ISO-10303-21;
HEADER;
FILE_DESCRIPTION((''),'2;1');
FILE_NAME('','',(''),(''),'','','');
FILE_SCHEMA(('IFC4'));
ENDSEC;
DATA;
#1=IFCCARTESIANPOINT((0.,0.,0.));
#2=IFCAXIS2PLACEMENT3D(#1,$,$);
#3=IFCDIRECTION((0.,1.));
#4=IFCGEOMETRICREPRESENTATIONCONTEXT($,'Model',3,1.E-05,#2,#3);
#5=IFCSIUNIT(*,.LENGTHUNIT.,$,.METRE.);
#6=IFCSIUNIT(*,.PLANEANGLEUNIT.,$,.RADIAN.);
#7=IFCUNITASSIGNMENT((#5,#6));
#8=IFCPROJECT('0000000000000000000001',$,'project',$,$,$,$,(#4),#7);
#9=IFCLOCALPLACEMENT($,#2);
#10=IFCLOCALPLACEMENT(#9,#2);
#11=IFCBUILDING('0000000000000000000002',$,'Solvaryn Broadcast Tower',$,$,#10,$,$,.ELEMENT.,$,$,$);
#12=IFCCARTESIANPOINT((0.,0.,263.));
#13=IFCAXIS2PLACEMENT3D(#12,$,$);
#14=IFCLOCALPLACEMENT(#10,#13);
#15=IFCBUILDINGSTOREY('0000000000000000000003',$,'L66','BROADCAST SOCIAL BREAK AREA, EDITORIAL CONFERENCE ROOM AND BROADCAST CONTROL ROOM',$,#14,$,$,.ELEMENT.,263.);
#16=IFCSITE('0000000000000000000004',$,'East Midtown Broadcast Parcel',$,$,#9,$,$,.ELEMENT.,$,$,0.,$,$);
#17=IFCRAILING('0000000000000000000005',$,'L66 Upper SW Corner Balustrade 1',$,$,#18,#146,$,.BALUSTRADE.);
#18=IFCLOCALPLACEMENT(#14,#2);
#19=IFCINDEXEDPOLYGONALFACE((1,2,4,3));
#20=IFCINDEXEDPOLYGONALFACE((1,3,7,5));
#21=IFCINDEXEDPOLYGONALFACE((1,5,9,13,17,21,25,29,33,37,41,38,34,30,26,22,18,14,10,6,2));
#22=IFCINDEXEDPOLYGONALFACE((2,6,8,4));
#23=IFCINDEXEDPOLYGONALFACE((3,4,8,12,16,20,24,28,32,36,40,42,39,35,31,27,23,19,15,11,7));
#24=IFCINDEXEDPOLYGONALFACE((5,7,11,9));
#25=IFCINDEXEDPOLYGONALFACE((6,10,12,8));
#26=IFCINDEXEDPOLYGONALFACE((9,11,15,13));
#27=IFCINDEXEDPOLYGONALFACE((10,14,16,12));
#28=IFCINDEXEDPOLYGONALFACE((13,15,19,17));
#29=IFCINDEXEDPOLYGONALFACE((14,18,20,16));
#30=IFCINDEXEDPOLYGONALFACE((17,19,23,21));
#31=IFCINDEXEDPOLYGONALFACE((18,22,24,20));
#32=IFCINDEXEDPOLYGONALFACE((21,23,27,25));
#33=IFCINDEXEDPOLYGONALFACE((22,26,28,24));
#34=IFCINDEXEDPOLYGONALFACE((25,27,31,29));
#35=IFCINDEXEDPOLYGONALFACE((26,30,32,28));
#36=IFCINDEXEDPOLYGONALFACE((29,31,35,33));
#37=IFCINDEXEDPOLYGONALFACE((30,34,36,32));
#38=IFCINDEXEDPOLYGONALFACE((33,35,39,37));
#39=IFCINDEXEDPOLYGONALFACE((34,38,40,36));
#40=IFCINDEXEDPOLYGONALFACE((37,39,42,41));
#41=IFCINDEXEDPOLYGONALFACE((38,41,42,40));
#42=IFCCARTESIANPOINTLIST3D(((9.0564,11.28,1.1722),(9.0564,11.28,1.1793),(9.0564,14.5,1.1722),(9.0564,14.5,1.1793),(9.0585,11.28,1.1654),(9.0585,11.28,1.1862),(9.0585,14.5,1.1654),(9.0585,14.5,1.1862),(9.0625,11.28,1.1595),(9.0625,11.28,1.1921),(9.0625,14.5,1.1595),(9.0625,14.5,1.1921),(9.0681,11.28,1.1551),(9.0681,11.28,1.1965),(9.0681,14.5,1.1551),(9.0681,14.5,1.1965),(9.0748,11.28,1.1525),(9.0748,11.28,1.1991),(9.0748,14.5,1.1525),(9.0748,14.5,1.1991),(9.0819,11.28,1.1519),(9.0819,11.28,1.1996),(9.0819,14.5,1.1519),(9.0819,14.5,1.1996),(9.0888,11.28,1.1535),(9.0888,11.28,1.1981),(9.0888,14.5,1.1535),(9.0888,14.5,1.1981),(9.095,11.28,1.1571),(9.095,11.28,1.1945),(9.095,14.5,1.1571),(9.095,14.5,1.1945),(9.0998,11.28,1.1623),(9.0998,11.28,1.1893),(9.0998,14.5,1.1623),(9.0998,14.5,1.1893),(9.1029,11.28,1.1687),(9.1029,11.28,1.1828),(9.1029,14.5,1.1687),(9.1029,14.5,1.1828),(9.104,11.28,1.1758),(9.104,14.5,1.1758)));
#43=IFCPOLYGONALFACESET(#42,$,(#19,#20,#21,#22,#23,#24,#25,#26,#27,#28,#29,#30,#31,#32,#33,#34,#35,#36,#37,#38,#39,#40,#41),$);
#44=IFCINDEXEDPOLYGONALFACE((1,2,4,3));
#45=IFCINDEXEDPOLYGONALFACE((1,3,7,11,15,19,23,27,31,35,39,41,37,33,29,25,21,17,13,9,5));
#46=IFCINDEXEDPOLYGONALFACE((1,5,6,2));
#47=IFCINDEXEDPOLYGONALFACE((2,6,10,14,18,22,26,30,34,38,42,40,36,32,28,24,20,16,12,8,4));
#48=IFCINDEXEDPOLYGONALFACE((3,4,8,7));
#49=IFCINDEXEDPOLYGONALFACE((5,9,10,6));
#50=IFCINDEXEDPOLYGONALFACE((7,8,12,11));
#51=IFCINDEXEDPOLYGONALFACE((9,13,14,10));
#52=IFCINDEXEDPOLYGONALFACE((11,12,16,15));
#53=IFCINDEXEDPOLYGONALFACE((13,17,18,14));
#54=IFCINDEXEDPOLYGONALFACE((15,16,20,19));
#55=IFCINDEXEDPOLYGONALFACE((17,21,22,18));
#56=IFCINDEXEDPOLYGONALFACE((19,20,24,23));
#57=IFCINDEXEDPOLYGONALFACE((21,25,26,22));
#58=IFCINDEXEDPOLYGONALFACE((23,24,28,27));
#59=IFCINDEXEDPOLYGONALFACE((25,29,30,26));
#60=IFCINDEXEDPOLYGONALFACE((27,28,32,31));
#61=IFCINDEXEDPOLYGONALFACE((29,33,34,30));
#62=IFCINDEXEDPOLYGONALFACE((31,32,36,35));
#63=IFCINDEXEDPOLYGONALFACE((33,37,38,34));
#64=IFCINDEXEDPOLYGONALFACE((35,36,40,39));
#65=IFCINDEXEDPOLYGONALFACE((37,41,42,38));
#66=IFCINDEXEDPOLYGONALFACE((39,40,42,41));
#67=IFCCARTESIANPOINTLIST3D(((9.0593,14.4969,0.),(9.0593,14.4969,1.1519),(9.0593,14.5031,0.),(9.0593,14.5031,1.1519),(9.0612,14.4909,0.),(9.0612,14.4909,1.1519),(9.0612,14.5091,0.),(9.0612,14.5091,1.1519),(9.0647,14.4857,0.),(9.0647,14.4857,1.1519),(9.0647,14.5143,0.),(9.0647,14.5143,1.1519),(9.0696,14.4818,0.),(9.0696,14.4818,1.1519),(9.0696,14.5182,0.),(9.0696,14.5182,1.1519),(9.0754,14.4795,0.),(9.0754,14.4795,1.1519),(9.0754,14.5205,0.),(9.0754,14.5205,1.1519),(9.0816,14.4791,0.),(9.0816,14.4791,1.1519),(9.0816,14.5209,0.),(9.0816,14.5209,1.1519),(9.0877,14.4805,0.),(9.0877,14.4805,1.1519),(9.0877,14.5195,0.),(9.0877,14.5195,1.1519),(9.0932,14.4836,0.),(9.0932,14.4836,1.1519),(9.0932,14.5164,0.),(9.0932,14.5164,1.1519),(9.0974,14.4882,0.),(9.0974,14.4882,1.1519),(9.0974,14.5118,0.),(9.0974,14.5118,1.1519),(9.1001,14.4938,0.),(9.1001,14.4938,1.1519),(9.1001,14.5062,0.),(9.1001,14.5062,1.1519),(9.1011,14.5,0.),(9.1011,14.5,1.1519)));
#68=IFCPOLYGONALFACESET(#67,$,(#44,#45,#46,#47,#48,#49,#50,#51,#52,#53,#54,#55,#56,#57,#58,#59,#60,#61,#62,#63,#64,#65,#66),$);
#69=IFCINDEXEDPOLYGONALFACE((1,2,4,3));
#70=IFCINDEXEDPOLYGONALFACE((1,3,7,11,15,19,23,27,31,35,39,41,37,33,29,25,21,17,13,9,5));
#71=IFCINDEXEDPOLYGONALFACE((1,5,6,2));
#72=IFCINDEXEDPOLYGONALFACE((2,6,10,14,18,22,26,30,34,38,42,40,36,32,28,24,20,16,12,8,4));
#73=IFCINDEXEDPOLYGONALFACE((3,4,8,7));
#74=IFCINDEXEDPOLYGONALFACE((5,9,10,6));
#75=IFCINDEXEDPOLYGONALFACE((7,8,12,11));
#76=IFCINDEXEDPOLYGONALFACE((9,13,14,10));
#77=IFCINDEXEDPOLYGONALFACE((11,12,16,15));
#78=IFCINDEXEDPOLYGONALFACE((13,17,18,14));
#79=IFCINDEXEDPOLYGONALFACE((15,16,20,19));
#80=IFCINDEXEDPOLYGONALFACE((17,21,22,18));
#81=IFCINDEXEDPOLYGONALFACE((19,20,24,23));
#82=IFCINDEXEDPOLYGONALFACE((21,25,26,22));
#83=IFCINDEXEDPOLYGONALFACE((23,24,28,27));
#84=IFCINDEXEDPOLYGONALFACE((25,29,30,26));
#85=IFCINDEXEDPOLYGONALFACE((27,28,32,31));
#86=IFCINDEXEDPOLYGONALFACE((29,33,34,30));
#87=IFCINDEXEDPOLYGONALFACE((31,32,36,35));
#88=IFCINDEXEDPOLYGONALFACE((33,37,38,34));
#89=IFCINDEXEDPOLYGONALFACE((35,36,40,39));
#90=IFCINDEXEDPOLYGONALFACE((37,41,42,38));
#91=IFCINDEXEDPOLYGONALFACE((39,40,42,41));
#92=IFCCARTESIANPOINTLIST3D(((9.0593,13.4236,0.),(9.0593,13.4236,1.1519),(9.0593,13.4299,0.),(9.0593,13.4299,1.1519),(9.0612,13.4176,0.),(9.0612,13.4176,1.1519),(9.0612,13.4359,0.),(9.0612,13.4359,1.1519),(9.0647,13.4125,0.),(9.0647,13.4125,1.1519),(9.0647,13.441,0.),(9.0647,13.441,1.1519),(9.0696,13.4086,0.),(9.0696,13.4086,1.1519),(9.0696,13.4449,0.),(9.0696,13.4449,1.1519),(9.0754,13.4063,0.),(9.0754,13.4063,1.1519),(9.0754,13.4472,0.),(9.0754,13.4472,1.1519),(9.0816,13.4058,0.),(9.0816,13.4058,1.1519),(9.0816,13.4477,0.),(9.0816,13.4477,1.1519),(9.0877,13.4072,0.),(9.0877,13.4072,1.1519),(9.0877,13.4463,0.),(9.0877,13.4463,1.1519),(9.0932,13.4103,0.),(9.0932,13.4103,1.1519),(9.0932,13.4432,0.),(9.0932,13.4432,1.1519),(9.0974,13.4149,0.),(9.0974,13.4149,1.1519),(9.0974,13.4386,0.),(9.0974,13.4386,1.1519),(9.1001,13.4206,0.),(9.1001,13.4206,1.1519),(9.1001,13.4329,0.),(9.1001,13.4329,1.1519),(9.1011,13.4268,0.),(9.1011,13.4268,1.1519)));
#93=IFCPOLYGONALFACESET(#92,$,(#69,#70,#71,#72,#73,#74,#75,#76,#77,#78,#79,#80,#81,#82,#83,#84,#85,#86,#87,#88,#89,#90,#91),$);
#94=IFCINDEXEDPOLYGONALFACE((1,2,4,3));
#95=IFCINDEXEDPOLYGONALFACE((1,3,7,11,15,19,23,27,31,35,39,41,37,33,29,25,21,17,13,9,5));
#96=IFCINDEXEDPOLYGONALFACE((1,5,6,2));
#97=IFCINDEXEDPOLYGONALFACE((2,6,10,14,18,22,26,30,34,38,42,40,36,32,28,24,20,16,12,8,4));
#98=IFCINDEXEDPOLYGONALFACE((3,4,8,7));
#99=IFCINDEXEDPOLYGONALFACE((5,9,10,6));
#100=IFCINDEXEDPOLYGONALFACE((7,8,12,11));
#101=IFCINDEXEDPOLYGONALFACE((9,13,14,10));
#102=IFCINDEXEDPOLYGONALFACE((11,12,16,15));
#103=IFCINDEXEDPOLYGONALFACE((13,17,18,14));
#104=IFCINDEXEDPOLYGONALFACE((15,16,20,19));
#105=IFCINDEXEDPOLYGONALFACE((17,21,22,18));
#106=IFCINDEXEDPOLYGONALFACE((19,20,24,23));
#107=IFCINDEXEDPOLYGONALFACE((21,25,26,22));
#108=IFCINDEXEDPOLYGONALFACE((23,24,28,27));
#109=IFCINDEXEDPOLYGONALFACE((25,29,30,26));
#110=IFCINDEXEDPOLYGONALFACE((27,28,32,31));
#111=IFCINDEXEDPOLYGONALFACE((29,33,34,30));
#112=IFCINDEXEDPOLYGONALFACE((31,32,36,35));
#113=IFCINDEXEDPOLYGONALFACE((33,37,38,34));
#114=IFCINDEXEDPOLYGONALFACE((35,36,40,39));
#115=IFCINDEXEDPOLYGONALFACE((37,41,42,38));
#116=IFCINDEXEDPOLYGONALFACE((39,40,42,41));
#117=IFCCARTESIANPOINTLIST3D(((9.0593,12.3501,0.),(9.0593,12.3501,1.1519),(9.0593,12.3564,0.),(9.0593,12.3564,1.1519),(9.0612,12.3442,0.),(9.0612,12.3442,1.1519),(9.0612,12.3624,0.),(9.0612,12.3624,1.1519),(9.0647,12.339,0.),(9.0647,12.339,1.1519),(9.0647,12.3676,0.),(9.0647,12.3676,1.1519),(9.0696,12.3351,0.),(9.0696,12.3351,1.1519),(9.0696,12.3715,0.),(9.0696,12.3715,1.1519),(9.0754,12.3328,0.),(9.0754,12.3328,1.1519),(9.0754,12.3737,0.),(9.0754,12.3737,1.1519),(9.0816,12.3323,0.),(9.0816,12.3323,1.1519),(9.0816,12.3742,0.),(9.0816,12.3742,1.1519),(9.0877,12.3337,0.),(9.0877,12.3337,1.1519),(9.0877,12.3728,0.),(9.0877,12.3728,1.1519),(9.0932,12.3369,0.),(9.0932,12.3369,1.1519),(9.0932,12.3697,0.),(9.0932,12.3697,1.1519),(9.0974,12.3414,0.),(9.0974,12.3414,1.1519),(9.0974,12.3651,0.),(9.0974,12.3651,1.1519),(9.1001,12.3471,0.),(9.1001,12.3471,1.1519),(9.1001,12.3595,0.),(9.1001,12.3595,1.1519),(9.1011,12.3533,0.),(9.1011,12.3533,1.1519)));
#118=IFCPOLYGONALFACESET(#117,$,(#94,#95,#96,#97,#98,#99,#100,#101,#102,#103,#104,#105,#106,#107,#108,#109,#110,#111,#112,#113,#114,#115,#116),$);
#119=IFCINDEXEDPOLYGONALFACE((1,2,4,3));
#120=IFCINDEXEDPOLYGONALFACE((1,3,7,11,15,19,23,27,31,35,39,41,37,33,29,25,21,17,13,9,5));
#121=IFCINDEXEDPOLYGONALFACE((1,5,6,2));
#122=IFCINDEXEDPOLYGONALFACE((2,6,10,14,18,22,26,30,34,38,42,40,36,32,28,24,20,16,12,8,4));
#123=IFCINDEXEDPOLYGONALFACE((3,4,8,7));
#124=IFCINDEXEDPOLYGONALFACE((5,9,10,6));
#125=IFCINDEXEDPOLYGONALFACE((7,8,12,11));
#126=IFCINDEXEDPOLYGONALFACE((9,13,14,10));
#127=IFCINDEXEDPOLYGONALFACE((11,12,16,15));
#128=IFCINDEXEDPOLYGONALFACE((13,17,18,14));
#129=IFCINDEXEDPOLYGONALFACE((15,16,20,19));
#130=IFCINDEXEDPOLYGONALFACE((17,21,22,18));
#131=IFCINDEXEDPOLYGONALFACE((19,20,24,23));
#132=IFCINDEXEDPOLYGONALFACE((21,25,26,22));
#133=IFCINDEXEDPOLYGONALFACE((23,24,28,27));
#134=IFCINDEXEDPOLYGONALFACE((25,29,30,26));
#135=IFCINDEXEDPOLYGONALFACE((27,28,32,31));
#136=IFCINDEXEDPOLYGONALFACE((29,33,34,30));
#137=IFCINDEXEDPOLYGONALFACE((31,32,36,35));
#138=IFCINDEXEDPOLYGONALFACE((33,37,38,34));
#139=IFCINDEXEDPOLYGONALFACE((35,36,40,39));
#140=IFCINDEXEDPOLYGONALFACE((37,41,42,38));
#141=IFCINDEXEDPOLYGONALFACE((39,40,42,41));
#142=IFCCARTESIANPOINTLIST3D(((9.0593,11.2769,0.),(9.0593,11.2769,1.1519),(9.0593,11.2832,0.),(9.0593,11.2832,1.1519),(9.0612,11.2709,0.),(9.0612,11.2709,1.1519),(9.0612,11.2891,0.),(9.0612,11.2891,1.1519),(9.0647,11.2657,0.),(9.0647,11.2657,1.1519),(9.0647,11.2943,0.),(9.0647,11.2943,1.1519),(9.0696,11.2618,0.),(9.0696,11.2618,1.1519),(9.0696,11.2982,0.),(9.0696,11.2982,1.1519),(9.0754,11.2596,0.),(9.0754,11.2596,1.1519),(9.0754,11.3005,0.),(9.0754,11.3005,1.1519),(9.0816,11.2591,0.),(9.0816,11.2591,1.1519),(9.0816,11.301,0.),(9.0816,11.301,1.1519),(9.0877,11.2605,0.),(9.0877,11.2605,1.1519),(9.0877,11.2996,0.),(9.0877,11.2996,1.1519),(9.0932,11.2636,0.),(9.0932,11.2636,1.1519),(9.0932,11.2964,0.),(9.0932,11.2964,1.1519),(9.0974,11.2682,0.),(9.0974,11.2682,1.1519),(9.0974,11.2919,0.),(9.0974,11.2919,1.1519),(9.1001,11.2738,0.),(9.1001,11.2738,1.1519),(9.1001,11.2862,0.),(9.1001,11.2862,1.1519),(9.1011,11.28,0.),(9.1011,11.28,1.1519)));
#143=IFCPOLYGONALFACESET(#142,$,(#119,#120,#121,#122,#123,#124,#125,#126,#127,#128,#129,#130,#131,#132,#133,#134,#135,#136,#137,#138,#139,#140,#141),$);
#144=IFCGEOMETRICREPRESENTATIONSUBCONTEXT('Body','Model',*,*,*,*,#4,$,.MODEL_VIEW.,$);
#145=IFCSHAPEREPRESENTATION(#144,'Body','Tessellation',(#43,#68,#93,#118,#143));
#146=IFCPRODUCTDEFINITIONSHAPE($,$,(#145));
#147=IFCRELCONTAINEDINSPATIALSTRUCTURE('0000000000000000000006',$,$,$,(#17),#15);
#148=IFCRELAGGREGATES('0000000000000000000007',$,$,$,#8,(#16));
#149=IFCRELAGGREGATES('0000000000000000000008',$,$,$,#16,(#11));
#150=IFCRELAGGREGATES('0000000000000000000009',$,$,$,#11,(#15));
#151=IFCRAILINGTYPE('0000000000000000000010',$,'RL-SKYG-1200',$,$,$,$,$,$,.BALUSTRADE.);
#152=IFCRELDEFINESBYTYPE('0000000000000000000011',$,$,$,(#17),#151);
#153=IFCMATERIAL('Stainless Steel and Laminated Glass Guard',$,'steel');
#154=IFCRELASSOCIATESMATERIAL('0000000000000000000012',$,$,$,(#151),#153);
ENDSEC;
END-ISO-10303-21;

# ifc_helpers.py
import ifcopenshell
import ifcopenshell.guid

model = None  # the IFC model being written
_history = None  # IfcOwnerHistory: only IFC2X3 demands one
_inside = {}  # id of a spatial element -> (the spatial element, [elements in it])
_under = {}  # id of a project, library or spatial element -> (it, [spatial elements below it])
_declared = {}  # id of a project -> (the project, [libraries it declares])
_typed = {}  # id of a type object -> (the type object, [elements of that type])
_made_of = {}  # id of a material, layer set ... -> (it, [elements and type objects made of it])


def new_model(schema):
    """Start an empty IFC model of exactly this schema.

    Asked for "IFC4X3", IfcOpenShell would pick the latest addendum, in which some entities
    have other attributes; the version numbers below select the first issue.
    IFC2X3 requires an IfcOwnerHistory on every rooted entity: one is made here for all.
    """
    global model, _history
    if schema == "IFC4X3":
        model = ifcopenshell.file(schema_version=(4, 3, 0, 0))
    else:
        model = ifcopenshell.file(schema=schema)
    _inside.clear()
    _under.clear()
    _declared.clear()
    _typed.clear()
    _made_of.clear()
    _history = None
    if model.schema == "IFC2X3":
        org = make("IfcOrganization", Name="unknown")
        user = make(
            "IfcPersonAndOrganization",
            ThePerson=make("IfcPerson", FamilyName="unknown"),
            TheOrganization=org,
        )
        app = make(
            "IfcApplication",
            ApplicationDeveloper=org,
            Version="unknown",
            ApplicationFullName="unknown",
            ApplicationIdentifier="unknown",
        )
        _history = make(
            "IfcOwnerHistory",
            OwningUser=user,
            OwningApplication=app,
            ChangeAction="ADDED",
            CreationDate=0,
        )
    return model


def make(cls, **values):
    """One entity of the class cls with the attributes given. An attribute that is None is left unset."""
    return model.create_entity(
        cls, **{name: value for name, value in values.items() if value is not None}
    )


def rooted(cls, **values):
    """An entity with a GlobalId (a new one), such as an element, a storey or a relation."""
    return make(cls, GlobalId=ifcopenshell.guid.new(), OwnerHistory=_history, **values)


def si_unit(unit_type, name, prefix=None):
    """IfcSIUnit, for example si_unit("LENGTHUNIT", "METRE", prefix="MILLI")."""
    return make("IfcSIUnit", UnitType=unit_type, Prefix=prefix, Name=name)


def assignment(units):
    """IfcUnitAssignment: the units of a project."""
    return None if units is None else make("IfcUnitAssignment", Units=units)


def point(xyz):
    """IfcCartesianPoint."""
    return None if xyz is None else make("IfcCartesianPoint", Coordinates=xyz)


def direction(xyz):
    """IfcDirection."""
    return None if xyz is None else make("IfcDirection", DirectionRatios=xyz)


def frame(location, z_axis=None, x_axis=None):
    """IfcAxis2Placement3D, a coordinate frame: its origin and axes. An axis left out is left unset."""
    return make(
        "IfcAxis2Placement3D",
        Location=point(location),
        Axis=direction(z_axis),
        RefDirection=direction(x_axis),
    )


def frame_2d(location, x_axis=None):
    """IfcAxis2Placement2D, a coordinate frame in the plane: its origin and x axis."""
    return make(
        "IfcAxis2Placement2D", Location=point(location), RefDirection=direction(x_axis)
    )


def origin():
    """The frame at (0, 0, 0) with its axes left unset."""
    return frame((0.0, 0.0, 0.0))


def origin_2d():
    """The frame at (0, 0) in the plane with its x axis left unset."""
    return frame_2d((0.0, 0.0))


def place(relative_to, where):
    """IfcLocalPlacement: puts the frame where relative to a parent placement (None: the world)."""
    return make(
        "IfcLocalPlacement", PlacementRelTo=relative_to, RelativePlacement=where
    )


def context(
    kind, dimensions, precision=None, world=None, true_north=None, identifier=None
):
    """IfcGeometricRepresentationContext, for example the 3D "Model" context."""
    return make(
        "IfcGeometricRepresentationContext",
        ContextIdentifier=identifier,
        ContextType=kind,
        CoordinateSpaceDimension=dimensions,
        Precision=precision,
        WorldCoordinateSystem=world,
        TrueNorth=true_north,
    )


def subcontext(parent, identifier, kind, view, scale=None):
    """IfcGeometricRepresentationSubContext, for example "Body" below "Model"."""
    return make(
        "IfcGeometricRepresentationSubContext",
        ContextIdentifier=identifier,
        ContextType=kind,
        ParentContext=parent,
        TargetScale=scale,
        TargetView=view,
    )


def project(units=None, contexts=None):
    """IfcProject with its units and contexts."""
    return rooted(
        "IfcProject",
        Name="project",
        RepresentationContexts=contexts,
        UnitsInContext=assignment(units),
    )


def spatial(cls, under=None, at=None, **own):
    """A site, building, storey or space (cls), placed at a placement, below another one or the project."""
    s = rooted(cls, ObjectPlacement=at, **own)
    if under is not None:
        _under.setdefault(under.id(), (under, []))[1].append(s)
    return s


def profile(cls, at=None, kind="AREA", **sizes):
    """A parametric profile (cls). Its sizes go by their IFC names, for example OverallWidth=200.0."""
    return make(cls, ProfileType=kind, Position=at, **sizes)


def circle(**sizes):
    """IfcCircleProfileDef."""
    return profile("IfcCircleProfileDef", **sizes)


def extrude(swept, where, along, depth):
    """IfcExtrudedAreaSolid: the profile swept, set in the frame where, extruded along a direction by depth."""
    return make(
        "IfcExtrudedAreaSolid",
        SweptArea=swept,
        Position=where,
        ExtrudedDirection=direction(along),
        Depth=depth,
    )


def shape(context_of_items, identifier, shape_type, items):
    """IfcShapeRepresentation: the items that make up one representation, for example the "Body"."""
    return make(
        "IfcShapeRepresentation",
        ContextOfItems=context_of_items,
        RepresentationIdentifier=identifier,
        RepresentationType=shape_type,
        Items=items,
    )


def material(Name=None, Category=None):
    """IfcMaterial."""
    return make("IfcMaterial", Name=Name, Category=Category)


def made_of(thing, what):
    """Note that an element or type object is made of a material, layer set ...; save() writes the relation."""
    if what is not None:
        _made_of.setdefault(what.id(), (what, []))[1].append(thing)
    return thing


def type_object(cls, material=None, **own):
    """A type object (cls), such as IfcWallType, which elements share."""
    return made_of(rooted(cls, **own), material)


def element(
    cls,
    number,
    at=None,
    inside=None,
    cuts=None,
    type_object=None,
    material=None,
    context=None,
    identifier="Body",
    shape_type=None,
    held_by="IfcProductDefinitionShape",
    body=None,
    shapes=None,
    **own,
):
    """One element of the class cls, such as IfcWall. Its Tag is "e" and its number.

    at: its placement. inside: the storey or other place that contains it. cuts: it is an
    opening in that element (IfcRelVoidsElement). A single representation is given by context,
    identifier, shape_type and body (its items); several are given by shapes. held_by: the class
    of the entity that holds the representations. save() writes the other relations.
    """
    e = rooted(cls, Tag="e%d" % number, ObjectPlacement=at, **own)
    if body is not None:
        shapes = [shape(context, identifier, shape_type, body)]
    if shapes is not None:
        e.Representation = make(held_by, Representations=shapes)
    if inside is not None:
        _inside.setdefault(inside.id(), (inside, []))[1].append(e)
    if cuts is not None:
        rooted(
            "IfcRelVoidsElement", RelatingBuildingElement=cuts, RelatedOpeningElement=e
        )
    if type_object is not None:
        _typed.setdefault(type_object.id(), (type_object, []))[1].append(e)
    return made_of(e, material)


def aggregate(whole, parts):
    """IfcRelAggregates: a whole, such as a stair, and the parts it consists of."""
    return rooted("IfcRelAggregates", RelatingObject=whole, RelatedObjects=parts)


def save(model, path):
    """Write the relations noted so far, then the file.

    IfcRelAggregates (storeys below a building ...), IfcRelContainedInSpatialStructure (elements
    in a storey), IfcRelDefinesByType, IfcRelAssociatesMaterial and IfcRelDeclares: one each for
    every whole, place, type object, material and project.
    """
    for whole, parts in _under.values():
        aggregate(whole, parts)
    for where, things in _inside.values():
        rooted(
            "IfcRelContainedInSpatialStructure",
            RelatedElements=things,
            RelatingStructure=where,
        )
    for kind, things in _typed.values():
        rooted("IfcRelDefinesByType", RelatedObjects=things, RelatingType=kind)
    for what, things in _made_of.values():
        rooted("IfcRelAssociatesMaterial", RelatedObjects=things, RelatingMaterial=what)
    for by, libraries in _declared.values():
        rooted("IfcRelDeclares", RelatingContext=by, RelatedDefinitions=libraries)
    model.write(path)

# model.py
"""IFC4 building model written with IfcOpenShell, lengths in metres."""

from ifc_helpers import new_model, si_unit, direction, frame, origin, origin_2d, place, context, subcontext, project, spatial, circle, extrude, material, type_object, element, save


model = new_model("IFC4")

# Units and contexts
model_context = context("Model", 3, precision=1e-05, world=origin(), true_north=direction((0.0, 1.0)))
body_context = subcontext(model_context, "Body", "Model", "MODEL_VIEW")
ifc_project = project(units=[si_unit("LENGTHUNIT", "METRE"), si_unit("PLANEANGLEUNIT", "RADIAN")], contexts=[model_context])

# Site, building, storey
site_placement = place(None, origin())
site = spatial("IfcSite", under=ifc_project, at=site_placement, Name="East Midtown Broadcast Parcel", CompositionType="ELEMENT", RefElevation=0.0)
building_placement = place(site_placement, origin())
building = spatial("IfcBuilding", under=site, at=building_placement, Name="Solvaryn Broadcast Tower", CompositionType="ELEMENT")
storey_placement = place(building_placement, frame((0.0, 0.0, 263.0)))
storey = spatial("IfcBuildingStorey", under=building, at=storey_placement, Name="L66", Description="BROADCAST SOCIAL BREAK AREA, EDITORIAL CONFERENCE ROOM AND BROADCAST CONTROL ROOM", CompositionType="ELEMENT", Elevation=263.0)

# Railing
ifc_material_1 = material(Name="Stainless Steel and Laminated Glass Guard", Category="steel")
railing_type = type_object("IfcRailingType", Name="RL-SKYG-1200", PredefinedType="BALUSTRADE", material=ifc_material_1)
railing_1_placement = place(storey_placement, frame((9.0801, 14.5, 0.0)))
element("IfcRailing", 1, at=railing_1_placement, inside=storey, type_object=railing_type, Name="L66 Upper SW Corner Balustrade 1", PredefinedType="BALUSTRADE", context=body_context, shape_type="SweptSolid", body=[
    extrude(circle(Radius=0.0239, at=origin_2d()), frame((0.0, 0.0, 1.1758), z_axis=(0.0, -1.0, 0.0), x_axis=(1.0, 0.0, 0.0)), (0.0, 0.0, 1.0), 3.22),
    extrude(circle(Radius=0.021, at=origin_2d()), origin(), (0.0, 0.0, 1.0), 1.1519),
    extrude(circle(Radius=0.021, at=origin_2d()), frame((0.0, -1.0732, 0.0)), (0.0, 0.0, 1.0), 1.1519),
    extrude(circle(Radius=0.021, at=origin_2d()), frame((0.0, -2.1467, 0.0)), (0.0, 0.0, 1.0), 1.1519),
    extrude(circle(Radius=0.021, at=origin_2d()), frame((0.0, -3.22, 0.0)), (0.0, 0.0, 1.0), 1.1519),
])

save(model, "model.ifc")
